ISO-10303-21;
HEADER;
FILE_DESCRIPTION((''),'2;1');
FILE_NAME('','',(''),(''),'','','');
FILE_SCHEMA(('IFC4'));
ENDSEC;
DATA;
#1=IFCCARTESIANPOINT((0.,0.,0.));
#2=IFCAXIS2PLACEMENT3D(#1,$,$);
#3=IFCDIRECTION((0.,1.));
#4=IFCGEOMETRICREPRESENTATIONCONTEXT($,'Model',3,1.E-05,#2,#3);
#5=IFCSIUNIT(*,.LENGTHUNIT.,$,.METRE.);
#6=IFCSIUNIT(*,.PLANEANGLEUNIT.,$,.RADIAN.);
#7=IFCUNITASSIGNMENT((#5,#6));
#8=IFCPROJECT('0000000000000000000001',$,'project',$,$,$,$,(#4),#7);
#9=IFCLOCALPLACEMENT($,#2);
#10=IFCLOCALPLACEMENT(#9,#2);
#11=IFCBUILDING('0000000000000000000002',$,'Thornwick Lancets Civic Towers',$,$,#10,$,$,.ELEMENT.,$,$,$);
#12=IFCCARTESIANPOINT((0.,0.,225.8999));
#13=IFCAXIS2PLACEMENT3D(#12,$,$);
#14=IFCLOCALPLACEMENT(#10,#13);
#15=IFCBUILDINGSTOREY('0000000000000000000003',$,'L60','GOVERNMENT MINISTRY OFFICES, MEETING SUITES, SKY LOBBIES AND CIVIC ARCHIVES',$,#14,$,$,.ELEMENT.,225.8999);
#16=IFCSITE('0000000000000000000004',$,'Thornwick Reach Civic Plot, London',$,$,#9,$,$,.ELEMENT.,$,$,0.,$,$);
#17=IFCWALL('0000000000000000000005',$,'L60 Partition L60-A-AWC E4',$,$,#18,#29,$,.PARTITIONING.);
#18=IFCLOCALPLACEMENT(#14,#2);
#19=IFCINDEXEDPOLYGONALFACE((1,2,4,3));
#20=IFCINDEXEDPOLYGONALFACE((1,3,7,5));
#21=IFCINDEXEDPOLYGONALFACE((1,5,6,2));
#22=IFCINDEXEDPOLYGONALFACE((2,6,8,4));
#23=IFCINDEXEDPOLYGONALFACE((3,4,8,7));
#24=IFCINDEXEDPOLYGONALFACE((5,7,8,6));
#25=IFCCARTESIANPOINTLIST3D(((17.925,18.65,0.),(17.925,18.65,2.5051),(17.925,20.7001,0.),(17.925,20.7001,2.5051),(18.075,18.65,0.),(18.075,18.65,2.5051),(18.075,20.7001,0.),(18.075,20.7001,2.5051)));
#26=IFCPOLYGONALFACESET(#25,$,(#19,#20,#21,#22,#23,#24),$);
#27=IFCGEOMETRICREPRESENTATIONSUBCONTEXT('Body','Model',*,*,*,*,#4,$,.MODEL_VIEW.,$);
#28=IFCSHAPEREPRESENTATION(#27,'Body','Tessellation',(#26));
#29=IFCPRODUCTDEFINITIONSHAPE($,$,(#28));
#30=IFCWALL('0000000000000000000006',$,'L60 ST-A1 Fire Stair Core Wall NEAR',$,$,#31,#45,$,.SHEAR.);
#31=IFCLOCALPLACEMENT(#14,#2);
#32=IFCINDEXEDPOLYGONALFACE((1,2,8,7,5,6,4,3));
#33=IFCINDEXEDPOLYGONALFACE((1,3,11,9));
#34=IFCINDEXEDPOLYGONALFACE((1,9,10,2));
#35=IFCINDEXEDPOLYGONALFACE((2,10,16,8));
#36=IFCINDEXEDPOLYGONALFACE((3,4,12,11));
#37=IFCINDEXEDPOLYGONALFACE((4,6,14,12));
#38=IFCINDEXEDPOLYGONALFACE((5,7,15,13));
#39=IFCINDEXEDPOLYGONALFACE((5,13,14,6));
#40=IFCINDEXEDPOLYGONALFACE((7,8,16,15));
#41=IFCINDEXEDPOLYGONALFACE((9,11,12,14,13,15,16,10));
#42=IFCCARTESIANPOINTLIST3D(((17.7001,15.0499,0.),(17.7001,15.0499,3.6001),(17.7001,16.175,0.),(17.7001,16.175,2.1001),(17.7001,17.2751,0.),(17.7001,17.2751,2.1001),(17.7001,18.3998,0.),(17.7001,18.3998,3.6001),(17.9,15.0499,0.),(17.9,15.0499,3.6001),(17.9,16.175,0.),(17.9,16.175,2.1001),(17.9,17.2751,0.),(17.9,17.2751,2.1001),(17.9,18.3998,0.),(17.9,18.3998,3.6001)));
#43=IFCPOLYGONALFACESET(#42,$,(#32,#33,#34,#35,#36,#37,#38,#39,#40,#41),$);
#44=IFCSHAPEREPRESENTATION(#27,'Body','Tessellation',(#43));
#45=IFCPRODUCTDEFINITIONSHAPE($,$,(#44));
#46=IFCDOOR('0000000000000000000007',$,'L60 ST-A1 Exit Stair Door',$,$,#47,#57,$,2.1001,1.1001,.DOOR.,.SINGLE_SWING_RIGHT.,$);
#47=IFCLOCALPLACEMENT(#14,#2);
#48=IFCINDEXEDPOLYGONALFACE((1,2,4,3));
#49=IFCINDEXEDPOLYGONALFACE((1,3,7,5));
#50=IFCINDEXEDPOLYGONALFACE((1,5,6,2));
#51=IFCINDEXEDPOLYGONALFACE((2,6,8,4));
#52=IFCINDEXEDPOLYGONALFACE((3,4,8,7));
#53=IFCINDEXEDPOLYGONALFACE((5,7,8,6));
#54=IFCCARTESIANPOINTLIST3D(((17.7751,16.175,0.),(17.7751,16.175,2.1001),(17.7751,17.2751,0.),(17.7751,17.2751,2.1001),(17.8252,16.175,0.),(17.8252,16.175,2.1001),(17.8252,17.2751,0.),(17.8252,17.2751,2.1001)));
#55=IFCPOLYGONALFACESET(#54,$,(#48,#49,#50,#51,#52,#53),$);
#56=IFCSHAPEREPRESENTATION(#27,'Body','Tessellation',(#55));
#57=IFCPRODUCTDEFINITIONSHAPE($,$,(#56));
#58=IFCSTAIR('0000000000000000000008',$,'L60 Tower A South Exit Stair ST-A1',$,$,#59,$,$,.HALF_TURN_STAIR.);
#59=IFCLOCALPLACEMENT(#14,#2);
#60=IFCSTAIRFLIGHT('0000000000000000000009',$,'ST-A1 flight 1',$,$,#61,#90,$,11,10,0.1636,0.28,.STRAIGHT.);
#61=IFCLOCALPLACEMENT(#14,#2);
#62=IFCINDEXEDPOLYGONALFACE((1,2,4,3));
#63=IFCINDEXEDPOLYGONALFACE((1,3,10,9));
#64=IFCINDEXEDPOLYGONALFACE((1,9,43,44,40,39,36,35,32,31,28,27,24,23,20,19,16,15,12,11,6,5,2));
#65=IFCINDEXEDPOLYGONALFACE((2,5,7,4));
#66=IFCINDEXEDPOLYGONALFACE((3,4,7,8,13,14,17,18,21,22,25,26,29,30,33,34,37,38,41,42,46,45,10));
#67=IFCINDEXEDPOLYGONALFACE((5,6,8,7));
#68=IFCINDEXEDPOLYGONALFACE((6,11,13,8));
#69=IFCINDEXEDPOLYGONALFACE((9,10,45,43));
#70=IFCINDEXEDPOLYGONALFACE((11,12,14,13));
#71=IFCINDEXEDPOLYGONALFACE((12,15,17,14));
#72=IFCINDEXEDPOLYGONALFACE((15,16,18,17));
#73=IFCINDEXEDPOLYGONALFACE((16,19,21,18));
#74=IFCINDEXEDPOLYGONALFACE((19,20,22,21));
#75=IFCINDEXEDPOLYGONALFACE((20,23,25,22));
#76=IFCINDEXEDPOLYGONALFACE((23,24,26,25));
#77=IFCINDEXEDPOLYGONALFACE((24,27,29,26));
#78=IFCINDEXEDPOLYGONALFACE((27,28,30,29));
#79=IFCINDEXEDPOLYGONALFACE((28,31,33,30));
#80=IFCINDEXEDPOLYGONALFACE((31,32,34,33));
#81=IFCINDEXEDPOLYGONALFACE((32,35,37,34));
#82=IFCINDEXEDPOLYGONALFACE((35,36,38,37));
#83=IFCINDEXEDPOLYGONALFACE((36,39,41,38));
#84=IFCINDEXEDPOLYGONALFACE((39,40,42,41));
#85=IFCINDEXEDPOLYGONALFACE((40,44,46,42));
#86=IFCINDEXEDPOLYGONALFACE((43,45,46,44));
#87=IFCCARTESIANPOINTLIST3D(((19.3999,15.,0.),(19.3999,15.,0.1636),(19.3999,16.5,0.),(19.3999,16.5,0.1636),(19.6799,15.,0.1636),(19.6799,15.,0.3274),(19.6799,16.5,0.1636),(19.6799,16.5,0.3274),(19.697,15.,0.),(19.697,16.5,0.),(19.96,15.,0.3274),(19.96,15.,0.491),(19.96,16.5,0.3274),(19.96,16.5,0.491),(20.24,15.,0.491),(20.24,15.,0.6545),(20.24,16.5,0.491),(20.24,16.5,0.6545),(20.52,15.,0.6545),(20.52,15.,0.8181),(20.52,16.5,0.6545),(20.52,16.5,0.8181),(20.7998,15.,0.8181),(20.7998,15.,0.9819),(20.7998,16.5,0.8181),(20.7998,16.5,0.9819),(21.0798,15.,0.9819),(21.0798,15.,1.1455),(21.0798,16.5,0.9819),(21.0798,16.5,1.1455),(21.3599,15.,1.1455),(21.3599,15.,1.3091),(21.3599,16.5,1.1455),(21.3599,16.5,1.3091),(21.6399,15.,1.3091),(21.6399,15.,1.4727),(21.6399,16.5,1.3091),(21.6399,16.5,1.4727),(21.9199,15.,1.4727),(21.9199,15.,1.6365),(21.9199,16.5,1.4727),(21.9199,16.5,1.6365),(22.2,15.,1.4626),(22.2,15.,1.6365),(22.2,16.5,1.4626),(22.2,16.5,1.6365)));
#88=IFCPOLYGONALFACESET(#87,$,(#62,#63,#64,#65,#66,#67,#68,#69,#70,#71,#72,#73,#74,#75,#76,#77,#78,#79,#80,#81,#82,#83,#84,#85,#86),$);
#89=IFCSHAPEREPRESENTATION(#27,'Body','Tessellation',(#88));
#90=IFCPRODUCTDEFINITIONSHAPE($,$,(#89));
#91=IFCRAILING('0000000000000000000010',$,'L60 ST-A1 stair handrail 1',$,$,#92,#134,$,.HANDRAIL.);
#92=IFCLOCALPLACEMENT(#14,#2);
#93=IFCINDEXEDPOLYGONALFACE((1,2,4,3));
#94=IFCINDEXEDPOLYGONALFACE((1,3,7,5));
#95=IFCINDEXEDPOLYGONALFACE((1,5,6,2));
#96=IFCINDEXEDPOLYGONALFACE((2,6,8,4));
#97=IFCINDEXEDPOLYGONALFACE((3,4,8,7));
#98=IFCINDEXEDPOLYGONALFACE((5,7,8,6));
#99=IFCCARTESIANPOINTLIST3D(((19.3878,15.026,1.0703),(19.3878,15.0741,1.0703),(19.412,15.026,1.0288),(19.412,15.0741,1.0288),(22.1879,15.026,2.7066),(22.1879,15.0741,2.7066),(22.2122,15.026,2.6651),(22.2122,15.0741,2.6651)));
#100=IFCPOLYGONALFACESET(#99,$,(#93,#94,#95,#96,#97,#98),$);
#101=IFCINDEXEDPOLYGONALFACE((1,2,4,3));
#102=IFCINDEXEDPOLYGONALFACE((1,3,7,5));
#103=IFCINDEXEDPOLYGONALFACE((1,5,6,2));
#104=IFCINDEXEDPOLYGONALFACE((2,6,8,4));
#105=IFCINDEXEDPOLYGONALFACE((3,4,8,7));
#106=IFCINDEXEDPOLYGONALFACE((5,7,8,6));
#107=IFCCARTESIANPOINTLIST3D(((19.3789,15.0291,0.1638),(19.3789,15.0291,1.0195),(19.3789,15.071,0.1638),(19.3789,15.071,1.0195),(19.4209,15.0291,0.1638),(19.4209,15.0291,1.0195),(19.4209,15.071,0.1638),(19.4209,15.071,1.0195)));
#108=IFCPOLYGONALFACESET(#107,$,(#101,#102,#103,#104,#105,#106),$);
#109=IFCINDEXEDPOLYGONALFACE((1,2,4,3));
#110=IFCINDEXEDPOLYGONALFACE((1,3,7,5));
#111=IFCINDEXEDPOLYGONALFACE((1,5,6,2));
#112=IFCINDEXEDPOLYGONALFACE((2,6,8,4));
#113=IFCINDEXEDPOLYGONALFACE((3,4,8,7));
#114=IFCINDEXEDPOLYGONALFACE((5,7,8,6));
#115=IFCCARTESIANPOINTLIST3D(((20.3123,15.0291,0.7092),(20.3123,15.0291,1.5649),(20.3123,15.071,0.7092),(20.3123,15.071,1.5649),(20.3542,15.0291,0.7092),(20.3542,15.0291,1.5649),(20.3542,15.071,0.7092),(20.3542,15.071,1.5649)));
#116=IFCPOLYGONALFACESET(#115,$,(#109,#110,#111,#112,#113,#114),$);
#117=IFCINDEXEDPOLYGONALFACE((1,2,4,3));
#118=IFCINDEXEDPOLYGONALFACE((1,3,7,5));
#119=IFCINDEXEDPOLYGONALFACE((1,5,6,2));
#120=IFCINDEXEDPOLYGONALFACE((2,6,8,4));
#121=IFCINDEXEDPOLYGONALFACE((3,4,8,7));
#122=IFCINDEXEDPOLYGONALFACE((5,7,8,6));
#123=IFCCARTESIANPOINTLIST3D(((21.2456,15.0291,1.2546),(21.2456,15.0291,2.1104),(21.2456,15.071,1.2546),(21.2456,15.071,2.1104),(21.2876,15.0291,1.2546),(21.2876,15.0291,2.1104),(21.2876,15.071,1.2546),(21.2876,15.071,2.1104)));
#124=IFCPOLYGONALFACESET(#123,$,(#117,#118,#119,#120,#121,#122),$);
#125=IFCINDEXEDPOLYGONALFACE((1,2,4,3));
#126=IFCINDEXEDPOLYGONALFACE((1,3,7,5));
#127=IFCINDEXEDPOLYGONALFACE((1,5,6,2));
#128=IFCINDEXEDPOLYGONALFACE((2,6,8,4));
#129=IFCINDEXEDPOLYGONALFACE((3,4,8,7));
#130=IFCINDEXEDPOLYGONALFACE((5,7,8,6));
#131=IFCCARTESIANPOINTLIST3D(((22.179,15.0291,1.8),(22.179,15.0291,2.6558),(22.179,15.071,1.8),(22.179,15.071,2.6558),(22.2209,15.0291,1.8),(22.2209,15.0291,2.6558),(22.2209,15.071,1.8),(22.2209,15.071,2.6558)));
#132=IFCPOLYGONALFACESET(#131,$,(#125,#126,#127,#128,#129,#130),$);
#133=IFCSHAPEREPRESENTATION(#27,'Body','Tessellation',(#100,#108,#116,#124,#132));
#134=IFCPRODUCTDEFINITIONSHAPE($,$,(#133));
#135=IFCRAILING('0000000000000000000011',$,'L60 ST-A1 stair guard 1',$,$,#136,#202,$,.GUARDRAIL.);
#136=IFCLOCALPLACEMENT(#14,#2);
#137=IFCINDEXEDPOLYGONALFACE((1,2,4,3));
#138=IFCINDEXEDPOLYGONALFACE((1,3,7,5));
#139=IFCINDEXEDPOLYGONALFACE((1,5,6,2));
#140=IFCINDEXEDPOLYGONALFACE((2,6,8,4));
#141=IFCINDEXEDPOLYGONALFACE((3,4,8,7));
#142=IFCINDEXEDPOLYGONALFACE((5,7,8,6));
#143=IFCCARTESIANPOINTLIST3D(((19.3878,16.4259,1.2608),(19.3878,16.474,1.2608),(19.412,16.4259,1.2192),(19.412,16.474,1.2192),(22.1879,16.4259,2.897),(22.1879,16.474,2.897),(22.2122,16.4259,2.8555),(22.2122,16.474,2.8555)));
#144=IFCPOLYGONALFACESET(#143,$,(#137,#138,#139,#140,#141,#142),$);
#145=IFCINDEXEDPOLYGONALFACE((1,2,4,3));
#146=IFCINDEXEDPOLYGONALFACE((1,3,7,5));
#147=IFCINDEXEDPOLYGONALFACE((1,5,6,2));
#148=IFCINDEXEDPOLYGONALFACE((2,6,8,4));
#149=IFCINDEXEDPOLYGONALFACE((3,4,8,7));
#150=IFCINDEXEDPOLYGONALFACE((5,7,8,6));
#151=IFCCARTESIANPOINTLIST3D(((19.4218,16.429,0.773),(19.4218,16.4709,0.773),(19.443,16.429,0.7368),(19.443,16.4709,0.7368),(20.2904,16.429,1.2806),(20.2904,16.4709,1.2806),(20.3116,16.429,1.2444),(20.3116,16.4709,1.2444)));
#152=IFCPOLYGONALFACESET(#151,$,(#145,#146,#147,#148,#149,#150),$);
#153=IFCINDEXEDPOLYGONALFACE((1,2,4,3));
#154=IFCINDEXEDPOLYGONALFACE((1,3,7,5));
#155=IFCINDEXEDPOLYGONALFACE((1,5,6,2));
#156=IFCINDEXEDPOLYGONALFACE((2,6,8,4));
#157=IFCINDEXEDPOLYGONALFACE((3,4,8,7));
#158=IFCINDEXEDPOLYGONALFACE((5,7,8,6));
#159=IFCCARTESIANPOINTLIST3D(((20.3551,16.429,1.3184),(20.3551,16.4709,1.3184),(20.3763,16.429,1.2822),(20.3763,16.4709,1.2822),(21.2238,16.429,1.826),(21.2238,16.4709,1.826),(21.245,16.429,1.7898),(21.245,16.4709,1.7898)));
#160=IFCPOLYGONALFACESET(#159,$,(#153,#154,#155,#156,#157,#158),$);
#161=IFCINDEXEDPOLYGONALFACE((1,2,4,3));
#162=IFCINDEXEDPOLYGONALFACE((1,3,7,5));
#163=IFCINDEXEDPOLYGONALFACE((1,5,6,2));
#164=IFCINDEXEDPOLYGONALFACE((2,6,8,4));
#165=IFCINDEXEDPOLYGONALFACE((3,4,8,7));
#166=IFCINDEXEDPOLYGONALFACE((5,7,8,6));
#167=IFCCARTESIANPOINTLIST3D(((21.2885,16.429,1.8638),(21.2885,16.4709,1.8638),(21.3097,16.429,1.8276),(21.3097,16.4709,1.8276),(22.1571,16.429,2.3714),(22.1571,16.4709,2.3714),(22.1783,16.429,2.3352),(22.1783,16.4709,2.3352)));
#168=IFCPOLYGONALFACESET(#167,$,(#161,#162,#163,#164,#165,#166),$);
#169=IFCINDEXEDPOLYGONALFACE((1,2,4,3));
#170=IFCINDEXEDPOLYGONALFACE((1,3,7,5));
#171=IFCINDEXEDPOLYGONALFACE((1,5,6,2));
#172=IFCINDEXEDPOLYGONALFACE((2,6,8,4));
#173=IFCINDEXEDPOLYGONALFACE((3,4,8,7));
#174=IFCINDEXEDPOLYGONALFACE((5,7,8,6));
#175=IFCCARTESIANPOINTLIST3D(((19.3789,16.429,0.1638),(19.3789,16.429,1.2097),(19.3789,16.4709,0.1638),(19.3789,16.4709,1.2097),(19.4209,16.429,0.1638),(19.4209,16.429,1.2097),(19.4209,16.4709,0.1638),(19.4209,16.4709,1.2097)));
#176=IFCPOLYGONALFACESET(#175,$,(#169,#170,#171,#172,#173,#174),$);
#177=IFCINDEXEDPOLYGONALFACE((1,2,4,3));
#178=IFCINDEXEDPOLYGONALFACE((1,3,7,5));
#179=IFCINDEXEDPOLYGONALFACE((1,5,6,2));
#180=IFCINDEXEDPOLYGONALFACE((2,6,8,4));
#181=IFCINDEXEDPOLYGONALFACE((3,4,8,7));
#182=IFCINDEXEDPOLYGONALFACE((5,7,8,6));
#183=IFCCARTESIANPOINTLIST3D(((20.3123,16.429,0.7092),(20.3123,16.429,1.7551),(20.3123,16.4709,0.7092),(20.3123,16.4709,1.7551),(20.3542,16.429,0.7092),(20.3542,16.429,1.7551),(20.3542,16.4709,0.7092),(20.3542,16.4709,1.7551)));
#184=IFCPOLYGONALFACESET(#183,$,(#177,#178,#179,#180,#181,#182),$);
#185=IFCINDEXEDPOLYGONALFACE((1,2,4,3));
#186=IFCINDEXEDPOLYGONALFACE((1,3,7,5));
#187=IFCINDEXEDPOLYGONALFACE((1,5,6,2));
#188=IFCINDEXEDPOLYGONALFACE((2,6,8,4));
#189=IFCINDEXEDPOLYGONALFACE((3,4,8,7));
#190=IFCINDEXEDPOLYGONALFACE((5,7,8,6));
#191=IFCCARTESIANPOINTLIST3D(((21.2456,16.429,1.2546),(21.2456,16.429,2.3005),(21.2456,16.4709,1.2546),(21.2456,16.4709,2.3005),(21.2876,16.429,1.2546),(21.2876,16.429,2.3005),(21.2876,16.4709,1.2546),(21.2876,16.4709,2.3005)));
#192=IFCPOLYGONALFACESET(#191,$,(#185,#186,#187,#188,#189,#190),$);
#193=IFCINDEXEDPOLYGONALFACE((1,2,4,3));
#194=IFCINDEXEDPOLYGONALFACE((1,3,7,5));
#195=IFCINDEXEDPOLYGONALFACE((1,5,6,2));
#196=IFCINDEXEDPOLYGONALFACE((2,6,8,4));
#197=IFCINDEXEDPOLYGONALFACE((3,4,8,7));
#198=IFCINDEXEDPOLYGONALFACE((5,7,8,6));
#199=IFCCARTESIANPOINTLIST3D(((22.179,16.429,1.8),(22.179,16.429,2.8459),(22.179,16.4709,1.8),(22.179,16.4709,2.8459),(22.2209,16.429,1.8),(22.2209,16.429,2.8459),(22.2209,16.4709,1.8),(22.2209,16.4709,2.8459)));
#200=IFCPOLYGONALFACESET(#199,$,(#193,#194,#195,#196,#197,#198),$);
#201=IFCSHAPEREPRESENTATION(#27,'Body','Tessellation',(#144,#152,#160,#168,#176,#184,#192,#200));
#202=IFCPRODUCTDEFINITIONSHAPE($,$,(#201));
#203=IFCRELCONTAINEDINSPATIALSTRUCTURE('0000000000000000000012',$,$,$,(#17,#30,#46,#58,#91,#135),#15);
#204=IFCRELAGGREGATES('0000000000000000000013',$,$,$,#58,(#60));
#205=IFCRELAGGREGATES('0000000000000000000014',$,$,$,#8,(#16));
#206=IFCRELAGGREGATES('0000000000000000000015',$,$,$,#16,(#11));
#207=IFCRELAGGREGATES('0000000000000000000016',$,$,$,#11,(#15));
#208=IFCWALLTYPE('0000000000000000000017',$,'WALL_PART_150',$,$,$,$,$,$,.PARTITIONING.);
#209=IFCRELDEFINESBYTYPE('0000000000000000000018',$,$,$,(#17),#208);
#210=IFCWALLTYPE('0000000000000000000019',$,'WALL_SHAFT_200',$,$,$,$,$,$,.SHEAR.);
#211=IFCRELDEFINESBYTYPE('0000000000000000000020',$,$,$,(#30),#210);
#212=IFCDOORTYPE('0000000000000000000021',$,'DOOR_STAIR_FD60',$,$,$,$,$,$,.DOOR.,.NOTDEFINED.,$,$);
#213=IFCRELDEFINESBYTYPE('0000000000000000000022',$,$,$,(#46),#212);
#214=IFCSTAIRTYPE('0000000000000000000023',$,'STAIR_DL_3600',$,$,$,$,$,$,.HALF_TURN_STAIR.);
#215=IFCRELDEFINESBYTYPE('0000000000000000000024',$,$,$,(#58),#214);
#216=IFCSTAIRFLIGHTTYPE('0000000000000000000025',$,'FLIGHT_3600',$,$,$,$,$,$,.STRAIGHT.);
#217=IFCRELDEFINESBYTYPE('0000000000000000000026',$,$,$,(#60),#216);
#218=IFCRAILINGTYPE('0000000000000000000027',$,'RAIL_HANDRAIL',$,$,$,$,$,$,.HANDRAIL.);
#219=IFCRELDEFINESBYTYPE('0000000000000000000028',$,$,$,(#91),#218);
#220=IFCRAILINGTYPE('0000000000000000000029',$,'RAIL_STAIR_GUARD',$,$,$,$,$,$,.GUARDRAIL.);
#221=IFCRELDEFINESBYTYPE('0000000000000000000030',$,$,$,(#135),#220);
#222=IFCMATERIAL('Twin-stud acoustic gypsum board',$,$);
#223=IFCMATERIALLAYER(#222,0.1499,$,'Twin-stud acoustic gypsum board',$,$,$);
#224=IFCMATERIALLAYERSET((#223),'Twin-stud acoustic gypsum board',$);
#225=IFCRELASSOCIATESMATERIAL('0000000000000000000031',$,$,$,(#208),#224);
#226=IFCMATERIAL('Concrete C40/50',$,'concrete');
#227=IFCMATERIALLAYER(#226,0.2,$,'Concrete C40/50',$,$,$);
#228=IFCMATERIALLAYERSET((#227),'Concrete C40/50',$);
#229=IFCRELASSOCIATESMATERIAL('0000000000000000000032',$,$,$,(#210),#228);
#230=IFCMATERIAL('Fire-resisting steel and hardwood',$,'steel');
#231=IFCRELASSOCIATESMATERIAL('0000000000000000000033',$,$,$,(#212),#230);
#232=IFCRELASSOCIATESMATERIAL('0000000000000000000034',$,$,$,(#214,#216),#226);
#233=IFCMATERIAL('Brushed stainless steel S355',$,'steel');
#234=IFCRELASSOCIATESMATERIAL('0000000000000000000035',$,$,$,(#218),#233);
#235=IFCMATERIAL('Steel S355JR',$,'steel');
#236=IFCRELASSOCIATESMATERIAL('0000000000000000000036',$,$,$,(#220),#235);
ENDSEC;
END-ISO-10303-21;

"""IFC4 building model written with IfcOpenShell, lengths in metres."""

from ifc_helpers import new_model, si_unit, direction, frame, frame_2d, origin, origin_2d, place, context, subcontext, project, spatial, polyline, rectangle, outline, extrude, material, layer, layer_set, type_object, element, fill, aggregate, save


model = new_model("IFC4")

# Units and contexts
model_context = context("Model", 3, precision=1e-05, world=origin(), true_north=direction((0.0, 1.0)))
body_context = subcontext(model_context, "Body", "Model", "MODEL_VIEW")
ifc_project = project(units=[si_unit("LENGTHUNIT", "METRE"), si_unit("PLANEANGLEUNIT", "RADIAN")], contexts=[model_context])

# Site, building, storey
site_placement = place(None, origin())
site = spatial("IfcSite", under=ifc_project, at=site_placement, Name="Thornwick Reach Civic Plot, London", CompositionType="ELEMENT", RefElevation=0.0)
building_placement = place(site_placement, origin())
building = spatial("IfcBuilding", under=site, at=building_placement, Name="Thornwick Lancets Civic Towers", CompositionType="ELEMENT")
storey_placement = place(building_placement, frame((0.0, 0.0, 225.8999)))
storey = spatial("IfcBuildingStorey", under=building, at=storey_placement, Name="L60", Description="GOVERNMENT MINISTRY OFFICES, MEETING SUITES, SKY LOBBIES AND CIVIC ARCHIVES", CompositionType="ELEMENT", Elevation=225.8999)

# Shared definitions
ifc_material_1 = material(Name="Twin-stud acoustic gypsum board")
ifc_layer_1 = layer(ifc_material_1, 0.1499, Name="Twin-stud acoustic gypsum board")
ifc_layer_set_1 = layer_set([ifc_layer_1], Name="Twin-stud acoustic gypsum board")
wall_type_1 = type_object("IfcWallType", Name="WALL_PART_150", PredefinedType="PARTITIONING", material=ifc_layer_set_1)

# Wall
wall_1_placement = place(storey_placement, frame((18.0, 20.7, 0.0), z_axis=(0.0, 0.0, 1.0), x_axis=(0.0, -1.0, 0.0)))
element("IfcWall", 1, at=wall_1_placement, inside=storey, type_object=wall_type_1, Name="L60 Partition L60-A-AWC E4", PredefinedType="PARTITIONING", context=body_context, shape_type="SweptSolid", body=[
    extrude(rectangle(XDim=2.05, YDim=0.1499, at=frame_2d((1.0249, 0.0))), origin(), (0.0, 0.0, 1.0), 2.5051),
])

# Wall, opening, door
ifc_material_2 = material(Name="Concrete C40/50", Category="concrete")
ifc_layer_2 = layer(ifc_material_2, 0.2, Name="Concrete C40/50")
ifc_layer_set_2 = layer_set([ifc_layer_2], Name="Concrete C40/50")
wall_type_2 = type_object("IfcWallType", Name="WALL_SHAFT_200", PredefinedType="SHEAR", material=ifc_layer_set_2)
wall_2_placement = place(storey_placement, frame((17.8, 15.05, 0.0), z_axis=(0.0, 0.0, 1.0), x_axis=(0.0, 1.0, 0.0)))
wall_2 = element("IfcWall", 2, at=wall_2_placement, inside=storey, type_object=wall_type_2, Name="L60 ST-A1 Fire Stair Core Wall NEAR", PredefinedType="SHEAR", context=body_context, shape_type="SweptSolid", body=[
    extrude(rectangle(XDim=3.3499, YDim=0.2, at=frame_2d((1.6748, 0.0))), origin(), (0.0, 0.0, 1.0), 3.6001),
])
opening_1_placement = place(wall_2_placement, frame((1.125, 0.0, 0.0)))
opening_1 = element("IfcOpeningElement", 3, at=opening_1_placement, cuts=wall_2, PredefinedType="OPENING", context=body_context, shape_type="SweptSolid", body=[
    extrude(rectangle(XDim=1.1001, YDim=2.1001, at=frame_2d((0.55, 1.05))), frame((0.0, 0.1099, 0.0), z_axis=(0.0, -1.0, 0.0), x_axis=(1.0, 0.0, 0.0)), (0.0, 0.0, 1.0), 0.22),
])
ifc_material_3 = material(Name="Fire-resisting steel and hardwood", Category="steel")
door_type_1 = type_object("IfcDoorType", Name="DOOR_STAIR_FD60", OperationType="NOTDEFINED", PredefinedType="DOOR", material=ifc_material_3)
door_1_placement = place(opening_1_placement, origin())
door_1 = element("IfcDoor", 4, at=door_1_placement, inside=storey, type_object=door_type_1, Name="L60 ST-A1 Exit Stair Door", OperationType="SINGLE_SWING_RIGHT", OverallHeight=2.1001, OverallWidth=1.1001, PredefinedType="DOOR", context=body_context, shape_type="SweptSolid", body=[
    extrude(rectangle(XDim=1.1001, YDim=2.1001, at=frame_2d((0.55, 1.05))), frame((0.0, 0.0249, 0.0), z_axis=(0.0, -1.0, 0.0), x_axis=(1.0, 0.0, 0.0)), (0.0, 0.0, 1.0), 0.05),
])
fill(opening_1, door_1)

# Stair, stair flight
stair_type = type_object("IfcStairType", Name="STAIR_DL_3600", PredefinedType="HALF_TURN_STAIR", material=ifc_material_2)
stair_placement = place(storey_placement, origin())
stair = element("IfcStair", 5, at=stair_placement, inside=storey, type_object=stair_type, Name="L60 Tower A South Exit Stair ST-A1", PredefinedType="HALF_TURN_STAIR")
stair_flight_type = type_object("IfcStairFlightType", Name="FLIGHT_3600", PredefinedType="STRAIGHT", material=ifc_material_2)
stair_flight_placement = place(storey_placement, frame((19.3999, 15.75, 0.0), z_axis=(0.0, 0.0, 1.0), x_axis=(1.0, 0.0, 0.0)))
stair_flight = element("IfcStairFlight", 6, at=stair_flight_placement, type_object=stair_flight_type, Name="ST-A1 flight 1", NumberOfRisers=11, NumberOfTreads=10, PredefinedType="STRAIGHT", RiserHeight=0.1636, TreadLength=0.28, context=body_context, shape_type="SweptSolid", body=[
    extrude(outline(polyline([(0.0, 0.0), (0.0, 0.1636), (0.28, 0.1636), (0.28, 0.3274), (0.5601, 0.3274), (0.5601, 0.491), (0.8401, 0.491), (0.8401, 0.6545), (1.1201, 0.6545), (1.1201, 0.8181), (1.3999, 0.8181), (1.3999, 0.9819), (1.6799, 0.9819), (1.6799, 1.1455), (1.96, 1.1455), (1.96, 1.3091), (2.24, 1.3091), (2.24, 1.4727), (2.52, 1.4727), (2.52, 1.6365), (2.8, 1.6365), (2.8, 1.8), (2.8, 1.4626), (0.2971, 0.0), (0.0, 0.0)])), frame((0.0, 0.75, 0.0), z_axis=(0.0, -1.0, 0.0), x_axis=(1.0, 0.0, 0.0)), (0.0, 0.0, 1.0), 1.5),
])
aggregate(stair, [stair_flight])

# Railings
ifc_material_4 = material(Name="Brushed stainless steel S355", Category="steel")
railing_type_1 = type_object("IfcRailingType", Name="RAIL_HANDRAIL", PredefinedType="HANDRAIL", material=ifc_material_4)
railing_1_placement = place(storey_placement, frame((19.3999, 15.05, 0.1638)))
element("IfcRailing", 7, at=railing_1_placement, inside=storey, type_object=railing_type_1, Name="L60 ST-A1 stair handrail 1", PredefinedType="HANDRAIL", context=body_context, shape_type="SweptSolid", body=[
    extrude(rectangle(XDim=0.0481, YDim=0.0481, at=origin_2d()), frame((0.0, 0.0, 0.8857), z_axis=(0.863394, 0.0, 0.504531), x_axis=(0.0, 1.0, 0.0)), (0.0, 0.0, 1.0), 3.2432),
    extrude(rectangle(XDim=0.042, YDim=0.042, at=origin_2d()), origin(), (0.0, 0.0, 1.0), 0.8557),
    extrude(rectangle(XDim=0.042, YDim=0.042, at=origin_2d()), frame((0.9333, 0.0, 0.5454)), (0.0, 0.0, 1.0), 0.8557),
    extrude(rectangle(XDim=0.042, YDim=0.042, at=origin_2d()), frame((1.8667, 0.0, 1.0908)), (0.0, 0.0, 1.0), 0.8557),
    extrude(rectangle(XDim=0.042, YDim=0.042, at=origin_2d()), frame((2.8, 0.0, 1.6362)), (0.0, 0.0, 1.0), 0.8557),
])
ifc_material_5 = material(Name="Steel S355JR", Category="steel")
railing_type_2 = type_object("IfcRailingType", Name="RAIL_STAIR_GUARD", PredefinedType="GUARDRAIL", material=ifc_material_5)
railing_2_placement = place(storey_placement, frame((19.3999, 16.45, 0.1638)))
element("IfcRailing", 8, at=railing_2_placement, inside=storey, type_object=railing_type_2, Name="L60 ST-A1 stair guard 1", PredefinedType="GUARDRAIL", context=body_context, shape_type="SweptSolid", body=[
    extrude(rectangle(XDim=0.0481, YDim=0.0481, at=origin_2d()), frame((0.0, 0.0, 1.0762), z_axis=(0.863394, 0.0, 0.504531), x_axis=(0.0, 1.0, 0.0)), (0.0, 0.0, 1.0), 3.2432),
    extrude(rectangle(XDim=0.042, YDim=0.042, at=origin_2d()), frame((0.0325, 0.0, 0.5911), z_axis=(0.863394, 0.0, 0.504531), x_axis=(0.0, 1.0, 0.0)), (0.0, 0.0, 1.0), 1.0061),
    extrude(rectangle(XDim=0.042, YDim=0.042, at=origin_2d()), frame((0.9658, 0.0, 1.1365), z_axis=(0.863394, 0.0, 0.504531), x_axis=(0.0, 1.0, 0.0)), (0.0, 0.0, 1.0), 1.0061),
    extrude(rectangle(XDim=0.042, YDim=0.042, at=origin_2d()), frame((1.8992, 0.0, 1.6819), z_axis=(0.863394, 0.0, 0.504531), x_axis=(0.0, 1.0, 0.0)), (0.0, 0.0, 1.0), 1.0061),
    extrude(rectangle(XDim=0.042, YDim=0.042, at=origin_2d()), origin(), (0.0, 0.0, 1.0), 1.0459),
    extrude(rectangle(XDim=0.042, YDim=0.042, at=origin_2d()), frame((0.9333, 0.0, 0.5454)), (0.0, 0.0, 1.0), 1.0459),
    extrude(rectangle(XDim=0.042, YDim=0.042, at=origin_2d()), frame((1.8667, 0.0, 1.0908)), (0.0, 0.0, 1.0), 1.0459),
    extrude(rectangle(XDim=0.042, YDim=0.042, at=origin_2d()), frame((2.8, 0.0, 1.6362)), (0.0, 0.0, 1.0), 1.0459),
])

save(model, "model.ifc")
